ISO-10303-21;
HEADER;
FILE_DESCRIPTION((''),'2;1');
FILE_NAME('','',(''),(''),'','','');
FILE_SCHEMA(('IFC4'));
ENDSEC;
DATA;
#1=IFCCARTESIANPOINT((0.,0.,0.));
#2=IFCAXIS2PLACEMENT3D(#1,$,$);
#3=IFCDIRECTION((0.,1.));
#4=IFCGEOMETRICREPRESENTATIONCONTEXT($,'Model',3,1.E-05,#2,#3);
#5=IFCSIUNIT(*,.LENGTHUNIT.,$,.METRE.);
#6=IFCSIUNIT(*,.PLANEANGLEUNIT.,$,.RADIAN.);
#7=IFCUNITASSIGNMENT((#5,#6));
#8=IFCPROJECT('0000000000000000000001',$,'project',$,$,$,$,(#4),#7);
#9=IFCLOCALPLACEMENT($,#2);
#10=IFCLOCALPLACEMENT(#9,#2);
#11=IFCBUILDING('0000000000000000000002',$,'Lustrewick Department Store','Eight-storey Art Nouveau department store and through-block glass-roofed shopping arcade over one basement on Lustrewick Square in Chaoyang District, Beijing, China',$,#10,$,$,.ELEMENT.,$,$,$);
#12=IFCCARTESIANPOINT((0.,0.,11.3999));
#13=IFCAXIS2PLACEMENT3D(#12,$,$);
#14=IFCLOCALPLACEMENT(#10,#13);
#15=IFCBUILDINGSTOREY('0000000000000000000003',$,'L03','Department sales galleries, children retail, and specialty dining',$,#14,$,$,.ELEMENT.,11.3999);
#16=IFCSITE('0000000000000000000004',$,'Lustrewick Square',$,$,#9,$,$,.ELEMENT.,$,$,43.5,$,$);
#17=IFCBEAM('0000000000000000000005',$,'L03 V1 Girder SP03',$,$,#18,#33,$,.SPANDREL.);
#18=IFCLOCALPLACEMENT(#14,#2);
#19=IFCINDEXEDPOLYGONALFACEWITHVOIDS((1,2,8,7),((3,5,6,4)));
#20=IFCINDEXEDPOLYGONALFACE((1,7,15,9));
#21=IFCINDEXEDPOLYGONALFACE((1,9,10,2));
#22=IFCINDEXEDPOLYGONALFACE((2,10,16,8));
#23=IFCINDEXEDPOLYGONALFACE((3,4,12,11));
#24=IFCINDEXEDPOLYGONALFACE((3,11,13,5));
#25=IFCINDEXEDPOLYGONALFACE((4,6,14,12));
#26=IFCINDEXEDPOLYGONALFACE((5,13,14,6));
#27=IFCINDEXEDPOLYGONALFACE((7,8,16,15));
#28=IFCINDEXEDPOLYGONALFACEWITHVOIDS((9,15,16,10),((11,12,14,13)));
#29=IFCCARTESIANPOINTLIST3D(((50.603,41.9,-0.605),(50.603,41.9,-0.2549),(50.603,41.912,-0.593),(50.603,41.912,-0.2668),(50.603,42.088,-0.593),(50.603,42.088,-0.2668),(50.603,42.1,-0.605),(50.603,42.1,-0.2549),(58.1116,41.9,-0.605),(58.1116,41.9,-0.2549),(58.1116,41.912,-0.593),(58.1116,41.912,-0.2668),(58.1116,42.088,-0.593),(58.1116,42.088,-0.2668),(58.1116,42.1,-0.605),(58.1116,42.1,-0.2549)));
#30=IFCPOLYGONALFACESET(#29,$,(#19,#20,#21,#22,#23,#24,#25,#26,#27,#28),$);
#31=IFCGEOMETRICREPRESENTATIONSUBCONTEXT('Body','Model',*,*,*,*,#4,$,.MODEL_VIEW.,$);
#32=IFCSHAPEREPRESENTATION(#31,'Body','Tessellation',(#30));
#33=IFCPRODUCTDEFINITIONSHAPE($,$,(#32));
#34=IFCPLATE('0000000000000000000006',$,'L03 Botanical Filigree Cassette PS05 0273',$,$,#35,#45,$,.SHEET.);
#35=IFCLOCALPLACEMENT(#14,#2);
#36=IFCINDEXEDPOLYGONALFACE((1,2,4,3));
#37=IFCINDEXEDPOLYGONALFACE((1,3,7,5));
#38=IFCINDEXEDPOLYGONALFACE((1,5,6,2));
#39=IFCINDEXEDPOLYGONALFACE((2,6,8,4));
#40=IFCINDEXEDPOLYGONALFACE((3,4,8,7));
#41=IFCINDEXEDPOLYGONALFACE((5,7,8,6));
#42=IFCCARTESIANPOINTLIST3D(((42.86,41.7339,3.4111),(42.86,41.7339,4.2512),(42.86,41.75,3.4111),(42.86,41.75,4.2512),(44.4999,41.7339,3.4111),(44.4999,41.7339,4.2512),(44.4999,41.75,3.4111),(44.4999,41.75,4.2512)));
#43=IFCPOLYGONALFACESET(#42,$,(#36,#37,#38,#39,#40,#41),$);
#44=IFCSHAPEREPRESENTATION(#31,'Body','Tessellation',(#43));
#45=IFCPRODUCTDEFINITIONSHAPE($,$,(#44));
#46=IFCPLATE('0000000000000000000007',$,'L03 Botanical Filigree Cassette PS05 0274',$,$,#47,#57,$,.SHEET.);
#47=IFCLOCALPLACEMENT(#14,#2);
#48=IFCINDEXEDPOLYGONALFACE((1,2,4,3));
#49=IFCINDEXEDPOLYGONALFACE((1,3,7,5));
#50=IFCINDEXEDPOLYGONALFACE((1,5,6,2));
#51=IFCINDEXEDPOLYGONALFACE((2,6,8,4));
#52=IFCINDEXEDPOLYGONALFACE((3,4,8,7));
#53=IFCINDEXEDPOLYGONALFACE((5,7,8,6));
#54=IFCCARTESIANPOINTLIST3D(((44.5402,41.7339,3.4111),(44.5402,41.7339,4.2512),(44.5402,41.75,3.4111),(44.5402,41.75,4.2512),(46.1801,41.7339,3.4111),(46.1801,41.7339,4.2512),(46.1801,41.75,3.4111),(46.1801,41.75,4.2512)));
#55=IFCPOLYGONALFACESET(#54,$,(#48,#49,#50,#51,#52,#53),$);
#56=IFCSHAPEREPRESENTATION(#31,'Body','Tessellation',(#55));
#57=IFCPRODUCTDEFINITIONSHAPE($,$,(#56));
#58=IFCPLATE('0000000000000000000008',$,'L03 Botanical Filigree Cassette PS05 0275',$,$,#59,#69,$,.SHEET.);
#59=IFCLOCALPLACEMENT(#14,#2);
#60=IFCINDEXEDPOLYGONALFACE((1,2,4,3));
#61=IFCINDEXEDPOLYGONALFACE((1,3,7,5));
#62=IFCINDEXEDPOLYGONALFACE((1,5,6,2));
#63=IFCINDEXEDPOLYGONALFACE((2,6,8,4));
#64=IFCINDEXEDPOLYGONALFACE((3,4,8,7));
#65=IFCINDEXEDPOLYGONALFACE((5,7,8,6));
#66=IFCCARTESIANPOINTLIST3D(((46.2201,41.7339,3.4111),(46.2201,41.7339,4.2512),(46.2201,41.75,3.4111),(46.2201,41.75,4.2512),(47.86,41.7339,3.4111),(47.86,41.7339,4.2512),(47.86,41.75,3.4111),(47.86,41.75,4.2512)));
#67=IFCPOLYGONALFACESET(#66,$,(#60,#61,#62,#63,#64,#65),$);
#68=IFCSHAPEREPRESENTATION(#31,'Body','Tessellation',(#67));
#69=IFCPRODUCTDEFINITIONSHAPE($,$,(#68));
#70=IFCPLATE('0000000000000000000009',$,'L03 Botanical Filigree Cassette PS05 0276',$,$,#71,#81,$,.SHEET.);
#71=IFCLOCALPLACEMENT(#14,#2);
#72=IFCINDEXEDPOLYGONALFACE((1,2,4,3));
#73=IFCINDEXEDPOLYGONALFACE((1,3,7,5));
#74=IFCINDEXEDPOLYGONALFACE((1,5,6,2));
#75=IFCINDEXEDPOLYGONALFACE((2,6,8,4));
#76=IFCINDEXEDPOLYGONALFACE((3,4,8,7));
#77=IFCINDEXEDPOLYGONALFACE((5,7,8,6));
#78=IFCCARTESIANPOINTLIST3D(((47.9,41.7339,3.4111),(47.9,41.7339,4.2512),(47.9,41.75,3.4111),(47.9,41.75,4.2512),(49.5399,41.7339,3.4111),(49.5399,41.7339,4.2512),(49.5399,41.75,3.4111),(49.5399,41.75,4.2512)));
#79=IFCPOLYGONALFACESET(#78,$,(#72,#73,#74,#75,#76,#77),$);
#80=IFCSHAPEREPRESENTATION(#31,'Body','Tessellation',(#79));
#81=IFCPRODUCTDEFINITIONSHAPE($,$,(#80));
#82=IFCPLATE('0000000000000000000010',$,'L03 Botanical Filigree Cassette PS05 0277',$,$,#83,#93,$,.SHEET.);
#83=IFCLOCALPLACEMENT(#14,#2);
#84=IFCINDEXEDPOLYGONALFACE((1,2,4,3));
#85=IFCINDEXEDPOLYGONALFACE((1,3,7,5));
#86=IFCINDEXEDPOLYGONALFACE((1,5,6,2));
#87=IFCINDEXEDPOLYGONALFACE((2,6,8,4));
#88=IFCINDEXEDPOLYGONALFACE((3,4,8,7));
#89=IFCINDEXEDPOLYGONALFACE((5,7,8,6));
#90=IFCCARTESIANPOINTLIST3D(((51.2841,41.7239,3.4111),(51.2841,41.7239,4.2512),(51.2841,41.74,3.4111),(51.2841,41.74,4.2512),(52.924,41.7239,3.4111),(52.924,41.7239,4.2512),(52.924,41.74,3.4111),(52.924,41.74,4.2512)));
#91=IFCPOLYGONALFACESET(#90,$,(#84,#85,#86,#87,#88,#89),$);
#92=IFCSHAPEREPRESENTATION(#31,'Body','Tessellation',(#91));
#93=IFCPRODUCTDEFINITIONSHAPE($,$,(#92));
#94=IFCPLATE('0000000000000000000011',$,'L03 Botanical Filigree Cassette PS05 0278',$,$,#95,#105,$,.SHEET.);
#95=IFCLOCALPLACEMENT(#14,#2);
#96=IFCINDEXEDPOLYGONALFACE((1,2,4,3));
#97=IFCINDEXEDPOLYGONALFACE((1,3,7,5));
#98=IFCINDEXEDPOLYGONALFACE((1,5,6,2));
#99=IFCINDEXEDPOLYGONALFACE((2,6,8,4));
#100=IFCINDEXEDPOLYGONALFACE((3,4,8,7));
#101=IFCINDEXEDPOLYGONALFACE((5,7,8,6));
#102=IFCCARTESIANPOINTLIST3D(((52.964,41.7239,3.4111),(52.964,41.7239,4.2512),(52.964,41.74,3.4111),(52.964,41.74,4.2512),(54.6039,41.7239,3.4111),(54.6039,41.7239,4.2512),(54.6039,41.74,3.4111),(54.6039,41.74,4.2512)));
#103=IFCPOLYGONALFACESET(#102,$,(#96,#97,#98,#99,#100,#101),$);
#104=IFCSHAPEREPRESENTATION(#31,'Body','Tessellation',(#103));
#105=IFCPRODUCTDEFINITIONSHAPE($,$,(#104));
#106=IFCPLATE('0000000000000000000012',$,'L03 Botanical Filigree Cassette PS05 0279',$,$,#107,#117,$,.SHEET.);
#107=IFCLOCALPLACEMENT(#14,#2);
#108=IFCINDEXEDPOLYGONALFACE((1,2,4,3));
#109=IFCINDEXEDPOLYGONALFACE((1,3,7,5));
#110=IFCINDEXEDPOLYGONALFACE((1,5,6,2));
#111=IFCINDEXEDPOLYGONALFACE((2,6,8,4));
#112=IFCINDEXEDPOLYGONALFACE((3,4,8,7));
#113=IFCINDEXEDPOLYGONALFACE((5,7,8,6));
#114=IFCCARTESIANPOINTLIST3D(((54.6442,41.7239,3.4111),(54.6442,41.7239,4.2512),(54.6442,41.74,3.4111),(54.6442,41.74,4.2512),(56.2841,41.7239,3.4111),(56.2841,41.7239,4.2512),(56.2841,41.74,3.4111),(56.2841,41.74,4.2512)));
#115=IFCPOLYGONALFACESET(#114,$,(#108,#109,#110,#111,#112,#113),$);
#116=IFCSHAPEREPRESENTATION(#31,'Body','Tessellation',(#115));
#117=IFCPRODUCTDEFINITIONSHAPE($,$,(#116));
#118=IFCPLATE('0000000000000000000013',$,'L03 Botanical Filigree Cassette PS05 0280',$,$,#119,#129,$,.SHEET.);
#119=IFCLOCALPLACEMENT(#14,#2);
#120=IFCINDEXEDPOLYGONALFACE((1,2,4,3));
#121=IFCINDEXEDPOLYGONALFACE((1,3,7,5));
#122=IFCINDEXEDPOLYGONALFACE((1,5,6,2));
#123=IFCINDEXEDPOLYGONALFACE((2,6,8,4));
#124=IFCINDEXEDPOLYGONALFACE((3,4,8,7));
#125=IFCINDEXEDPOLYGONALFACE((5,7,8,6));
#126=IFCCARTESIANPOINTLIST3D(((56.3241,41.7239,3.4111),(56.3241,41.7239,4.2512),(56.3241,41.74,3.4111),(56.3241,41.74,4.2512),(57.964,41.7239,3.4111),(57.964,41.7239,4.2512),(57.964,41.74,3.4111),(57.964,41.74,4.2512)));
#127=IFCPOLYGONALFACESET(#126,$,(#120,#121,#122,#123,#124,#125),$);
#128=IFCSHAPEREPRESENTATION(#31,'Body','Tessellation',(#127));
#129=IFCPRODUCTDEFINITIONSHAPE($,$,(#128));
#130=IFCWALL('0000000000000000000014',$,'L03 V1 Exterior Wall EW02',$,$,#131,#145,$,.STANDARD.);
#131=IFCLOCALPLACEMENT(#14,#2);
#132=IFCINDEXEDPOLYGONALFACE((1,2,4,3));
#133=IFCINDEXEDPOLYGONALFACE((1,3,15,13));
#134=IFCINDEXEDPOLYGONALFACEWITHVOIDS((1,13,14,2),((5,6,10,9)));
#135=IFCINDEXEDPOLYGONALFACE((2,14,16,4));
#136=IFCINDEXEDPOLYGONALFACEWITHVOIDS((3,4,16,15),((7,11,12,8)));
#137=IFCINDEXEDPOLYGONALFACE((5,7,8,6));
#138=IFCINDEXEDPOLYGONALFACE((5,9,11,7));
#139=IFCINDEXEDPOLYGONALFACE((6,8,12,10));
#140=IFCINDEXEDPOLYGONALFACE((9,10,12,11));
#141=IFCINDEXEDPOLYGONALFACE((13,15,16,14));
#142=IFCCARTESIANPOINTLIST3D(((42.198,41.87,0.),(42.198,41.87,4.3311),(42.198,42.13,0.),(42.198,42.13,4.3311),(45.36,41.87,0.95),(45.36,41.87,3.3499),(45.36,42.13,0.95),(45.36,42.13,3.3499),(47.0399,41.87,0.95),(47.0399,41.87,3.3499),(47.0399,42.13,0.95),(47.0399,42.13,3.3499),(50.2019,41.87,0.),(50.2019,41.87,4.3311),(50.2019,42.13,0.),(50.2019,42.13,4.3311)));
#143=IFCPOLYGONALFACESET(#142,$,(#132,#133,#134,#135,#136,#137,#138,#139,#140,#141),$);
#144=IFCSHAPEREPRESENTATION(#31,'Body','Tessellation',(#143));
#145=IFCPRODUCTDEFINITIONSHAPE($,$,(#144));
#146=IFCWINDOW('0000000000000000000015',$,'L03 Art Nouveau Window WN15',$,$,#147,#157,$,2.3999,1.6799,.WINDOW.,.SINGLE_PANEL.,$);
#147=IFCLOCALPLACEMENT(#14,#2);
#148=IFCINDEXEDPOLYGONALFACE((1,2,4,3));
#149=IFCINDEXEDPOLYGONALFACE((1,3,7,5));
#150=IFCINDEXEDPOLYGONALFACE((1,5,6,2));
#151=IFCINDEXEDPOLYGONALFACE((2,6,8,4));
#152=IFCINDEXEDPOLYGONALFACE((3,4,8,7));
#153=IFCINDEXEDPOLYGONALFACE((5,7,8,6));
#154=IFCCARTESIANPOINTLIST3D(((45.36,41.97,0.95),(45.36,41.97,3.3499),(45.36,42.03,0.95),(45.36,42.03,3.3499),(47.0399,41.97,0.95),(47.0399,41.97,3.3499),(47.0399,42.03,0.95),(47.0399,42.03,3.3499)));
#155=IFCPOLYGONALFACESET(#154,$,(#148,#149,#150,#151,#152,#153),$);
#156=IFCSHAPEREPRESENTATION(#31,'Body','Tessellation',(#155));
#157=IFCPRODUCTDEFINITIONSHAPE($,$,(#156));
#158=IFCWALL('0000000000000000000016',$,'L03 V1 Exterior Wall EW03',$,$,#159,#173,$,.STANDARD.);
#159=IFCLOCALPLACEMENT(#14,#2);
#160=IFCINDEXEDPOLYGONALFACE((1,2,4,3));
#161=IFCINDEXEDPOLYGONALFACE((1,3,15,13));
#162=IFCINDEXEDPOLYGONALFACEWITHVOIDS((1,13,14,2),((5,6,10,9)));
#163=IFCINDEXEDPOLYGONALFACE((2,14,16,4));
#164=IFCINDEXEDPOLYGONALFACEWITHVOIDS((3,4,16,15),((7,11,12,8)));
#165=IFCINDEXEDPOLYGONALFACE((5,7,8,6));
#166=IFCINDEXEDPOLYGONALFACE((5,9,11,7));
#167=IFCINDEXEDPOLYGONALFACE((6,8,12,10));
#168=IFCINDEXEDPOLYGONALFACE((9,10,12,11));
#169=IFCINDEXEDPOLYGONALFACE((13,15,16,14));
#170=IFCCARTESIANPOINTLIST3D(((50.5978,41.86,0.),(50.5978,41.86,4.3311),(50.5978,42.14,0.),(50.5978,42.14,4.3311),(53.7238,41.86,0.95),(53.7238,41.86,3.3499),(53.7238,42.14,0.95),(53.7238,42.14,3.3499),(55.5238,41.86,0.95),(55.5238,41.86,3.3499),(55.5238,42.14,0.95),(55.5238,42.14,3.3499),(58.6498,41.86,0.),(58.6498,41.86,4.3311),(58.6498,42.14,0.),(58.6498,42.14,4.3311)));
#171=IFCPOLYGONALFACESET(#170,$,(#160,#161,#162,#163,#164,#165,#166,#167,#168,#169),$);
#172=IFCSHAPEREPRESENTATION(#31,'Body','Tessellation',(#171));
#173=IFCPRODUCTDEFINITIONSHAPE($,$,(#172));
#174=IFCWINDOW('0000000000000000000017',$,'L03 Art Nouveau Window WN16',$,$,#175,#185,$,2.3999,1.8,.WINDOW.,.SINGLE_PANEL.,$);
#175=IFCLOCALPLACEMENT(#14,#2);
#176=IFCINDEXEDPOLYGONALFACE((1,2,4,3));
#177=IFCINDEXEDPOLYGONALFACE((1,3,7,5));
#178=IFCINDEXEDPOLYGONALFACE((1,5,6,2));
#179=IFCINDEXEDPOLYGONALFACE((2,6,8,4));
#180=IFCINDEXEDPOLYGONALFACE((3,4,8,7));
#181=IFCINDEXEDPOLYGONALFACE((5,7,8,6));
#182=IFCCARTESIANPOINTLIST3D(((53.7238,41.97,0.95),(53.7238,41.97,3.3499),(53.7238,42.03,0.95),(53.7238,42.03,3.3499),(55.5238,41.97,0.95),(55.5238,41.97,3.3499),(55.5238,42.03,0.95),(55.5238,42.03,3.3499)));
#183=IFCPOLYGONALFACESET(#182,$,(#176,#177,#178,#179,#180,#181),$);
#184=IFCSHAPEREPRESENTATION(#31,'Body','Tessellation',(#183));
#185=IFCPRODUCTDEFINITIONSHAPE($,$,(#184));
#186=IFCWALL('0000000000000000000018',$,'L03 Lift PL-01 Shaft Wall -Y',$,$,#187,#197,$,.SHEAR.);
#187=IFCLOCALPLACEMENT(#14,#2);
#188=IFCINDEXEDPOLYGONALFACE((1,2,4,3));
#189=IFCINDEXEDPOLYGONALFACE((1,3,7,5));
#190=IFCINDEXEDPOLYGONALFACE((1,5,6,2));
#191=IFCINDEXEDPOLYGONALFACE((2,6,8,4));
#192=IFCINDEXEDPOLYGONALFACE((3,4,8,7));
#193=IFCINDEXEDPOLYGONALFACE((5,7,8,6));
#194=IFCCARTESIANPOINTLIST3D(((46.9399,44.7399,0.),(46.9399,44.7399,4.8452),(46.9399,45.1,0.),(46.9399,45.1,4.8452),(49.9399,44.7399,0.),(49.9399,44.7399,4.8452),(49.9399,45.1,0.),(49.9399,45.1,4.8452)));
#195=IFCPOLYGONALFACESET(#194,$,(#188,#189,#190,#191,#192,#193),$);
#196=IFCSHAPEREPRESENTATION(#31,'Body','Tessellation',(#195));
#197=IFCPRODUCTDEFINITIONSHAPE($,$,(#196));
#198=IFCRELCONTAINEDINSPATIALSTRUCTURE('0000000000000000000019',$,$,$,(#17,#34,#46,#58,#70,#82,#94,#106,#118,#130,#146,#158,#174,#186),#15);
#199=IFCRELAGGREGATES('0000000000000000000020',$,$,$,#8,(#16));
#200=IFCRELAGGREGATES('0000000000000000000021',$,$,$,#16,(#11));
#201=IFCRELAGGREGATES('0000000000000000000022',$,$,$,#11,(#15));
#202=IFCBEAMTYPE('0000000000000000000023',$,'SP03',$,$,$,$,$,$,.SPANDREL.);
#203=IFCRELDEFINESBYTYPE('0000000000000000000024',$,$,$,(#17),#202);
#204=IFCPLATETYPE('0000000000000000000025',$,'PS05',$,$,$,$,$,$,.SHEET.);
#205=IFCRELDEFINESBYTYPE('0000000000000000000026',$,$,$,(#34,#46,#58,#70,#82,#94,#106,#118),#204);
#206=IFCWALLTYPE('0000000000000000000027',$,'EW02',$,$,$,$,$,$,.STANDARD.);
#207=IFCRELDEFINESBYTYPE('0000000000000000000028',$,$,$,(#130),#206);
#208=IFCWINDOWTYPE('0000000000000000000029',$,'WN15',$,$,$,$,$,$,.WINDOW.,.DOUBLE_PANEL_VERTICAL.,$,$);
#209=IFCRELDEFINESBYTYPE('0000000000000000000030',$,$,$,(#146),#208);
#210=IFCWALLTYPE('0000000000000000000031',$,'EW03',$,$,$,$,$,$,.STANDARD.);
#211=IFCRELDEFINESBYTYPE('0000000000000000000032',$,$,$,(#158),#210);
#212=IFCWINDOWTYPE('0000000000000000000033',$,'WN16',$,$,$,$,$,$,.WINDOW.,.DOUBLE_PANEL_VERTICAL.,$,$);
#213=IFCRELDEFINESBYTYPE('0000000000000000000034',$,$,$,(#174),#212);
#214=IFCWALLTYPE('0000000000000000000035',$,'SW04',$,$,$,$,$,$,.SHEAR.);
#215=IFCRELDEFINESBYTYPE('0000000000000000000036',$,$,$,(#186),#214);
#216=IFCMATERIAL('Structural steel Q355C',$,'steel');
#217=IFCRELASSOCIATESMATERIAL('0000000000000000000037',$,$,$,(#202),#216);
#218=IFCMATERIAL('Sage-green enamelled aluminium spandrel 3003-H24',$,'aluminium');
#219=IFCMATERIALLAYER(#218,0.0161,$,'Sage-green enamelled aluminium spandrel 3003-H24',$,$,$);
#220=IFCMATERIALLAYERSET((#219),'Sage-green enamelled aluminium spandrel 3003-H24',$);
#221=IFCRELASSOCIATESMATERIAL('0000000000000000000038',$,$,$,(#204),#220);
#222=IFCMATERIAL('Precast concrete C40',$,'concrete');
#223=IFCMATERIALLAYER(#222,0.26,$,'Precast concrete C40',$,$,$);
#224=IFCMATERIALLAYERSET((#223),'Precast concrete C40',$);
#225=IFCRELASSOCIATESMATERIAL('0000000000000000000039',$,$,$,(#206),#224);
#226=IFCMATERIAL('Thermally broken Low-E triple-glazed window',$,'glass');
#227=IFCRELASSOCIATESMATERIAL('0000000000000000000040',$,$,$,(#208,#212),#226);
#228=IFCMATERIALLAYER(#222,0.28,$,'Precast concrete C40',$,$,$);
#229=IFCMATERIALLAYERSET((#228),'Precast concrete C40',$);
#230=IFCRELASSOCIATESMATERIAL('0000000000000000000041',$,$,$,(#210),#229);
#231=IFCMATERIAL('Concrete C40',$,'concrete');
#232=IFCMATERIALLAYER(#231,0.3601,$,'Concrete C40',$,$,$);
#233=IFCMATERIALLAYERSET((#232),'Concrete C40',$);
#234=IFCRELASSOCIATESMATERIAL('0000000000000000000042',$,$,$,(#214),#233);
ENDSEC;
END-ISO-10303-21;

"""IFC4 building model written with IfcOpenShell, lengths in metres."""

from ifc_helpers import new_model, si_unit, direction, frame, frame_2d, origin, origin_2d, place, context, subcontext, project, spatial, rectangle, hollow_rectangle, extrude, material, layer, layer_set, material_profile, profile_set, type_object, element, fill, save


model = new_model("IFC4")

# Units and contexts
model_context = context("Model", 3, precision=1e-05, world=origin(), true_north=direction((0.0, 1.0)))
body_context = subcontext(model_context, "Body", "Model", "MODEL_VIEW")
ifc_project = project(units=[si_unit("LENGTHUNIT", "METRE"), si_unit("PLANEANGLEUNIT", "RADIAN")], contexts=[model_context])

# Site, building, storey
site_placement = place(None, origin())
site = spatial("IfcSite", under=ifc_project, at=site_placement, Name="Lustrewick Square", CompositionType="ELEMENT", RefElevation=43.5)
building_placement = place(site_placement, origin())
building = spatial("IfcBuilding", under=site, at=building_placement, Name="Lustrewick Department Store", Description="Eight-storey Art Nouveau department store and through-block glass-roofed shopping arcade over one basement on Lustrewick Square in Chaoyang District, Beijing, China", CompositionType="ELEMENT")
storey_placement = place(building_placement, frame((0.0, 0.0, 11.3999)))
storey = spatial("IfcBuildingStorey", under=building, at=storey_placement, Name="L03", Description="Department sales galleries, children retail, and specialty dining", CompositionType="ELEMENT", Elevation=11.3999)

# Shared definitions
ifc_material_1 = material(Name="Structural steel Q355C", Category="steel")

# Beam
ifc_material_profile_1 = material_profile(ifc_material_1, hollow_rectangle(XDim=0.2, YDim=0.3501, WallThickness=0.012, at=origin_2d()), Name="RHS 350x200x12")
ifc_profile_set_1 = profile_set([ifc_material_profile_1], Name="Structural steel Q355C")
beam_type_1 = type_object("IfcBeamType", Name="SP03", PredefinedType="SPANDREL", material=ifc_profile_set_1)
beam_1_placement = place(storey_placement, frame((50.603, 42.0, -0.4299), z_axis=(1.0, 0.0, 0.0), x_axis=(0.0, 1.0, 0.0)))
element("IfcBeam", 1, at=beam_1_placement, inside=storey, type_object=beam_type_1, Name="L03 V1 Girder SP03", PredefinedType="SPANDREL", context=body_context, shape_type="SweptSolid", body=[
    extrude(hollow_rectangle(XDim=0.2, YDim=0.3501, WallThickness=0.012, at=origin_2d()), origin(), (0.0, 0.0, 1.0), 7.5085),
])

# Plates
ifc_material_2 = material(Name="Sage-green enamelled aluminium spandrel 3003-H24", Category="aluminium")
ifc_layer_1 = layer(ifc_material_2, 0.0161, Name="Sage-green enamelled aluminium spandrel 3003-H24")
ifc_layer_set_1 = layer_set([ifc_layer_1], Name="Sage-green enamelled aluminium spandrel 3003-H24")
plate_type = type_object("IfcPlateType", Name="PS05", PredefinedType="SHEET", material=ifc_layer_set_1)
for number, where, z_axis, x_axis, name in (
    (2, (43.6799, 41.7419, 3.4111), (0.0, 0.0, 1.0), (1.0, 0.0, 0.0), "L03 Botanical Filigree Cassette PS05 0273"),
    (3, (45.3601, 41.7419, 3.4111), (0.0, 0.0, 1.0), (1.0, 0.0, 0.0), "L03 Botanical Filigree Cassette PS05 0274"),
    (4, (47.04, 41.7419, 3.4111), (0.0, 0.0, 1.0), (1.0, 0.0, 0.0), "L03 Botanical Filigree Cassette PS05 0275"),
    (5, (48.72, 41.7419, 3.4111), (0.0, 0.0, 1.0), (1.0, 0.0, 0.0), "L03 Botanical Filigree Cassette PS05 0276"),
    (6, (52.104, 41.7319, 3.4111), (0.0, 0.0, 1.0), (1.0, 0.0, 0.0), "L03 Botanical Filigree Cassette PS05 0277"),
    (7, (53.7839, 41.7319, 3.4111), (0.0, 0.0, 1.0), (1.0, 0.0, 0.0), "L03 Botanical Filigree Cassette PS05 0278"),
    (8, (55.4641, 41.7319, 3.4111), (0.0, 0.0, 1.0), (1.0, 0.0, 0.0), "L03 Botanical Filigree Cassette PS05 0279"),
    (9, (57.144, 41.7319, 3.4111), (0.0, 0.0, 1.0), (1.0, 0.0, 0.0), "L03 Botanical Filigree Cassette PS05 0280"),
):
    element("IfcPlate", number, at=place(storey_placement, frame(where, z_axis=z_axis, x_axis=x_axis)), inside=storey, type_object=plate_type, Name=name, PredefinedType="SHEET", context=body_context, shape_type="SweptSolid", body=[
        extrude(rectangle(XDim=1.6399, YDim=0.0161, at=origin_2d()), origin(), (0.0, 0.0, 1.0), 0.8401),
    ])

# Walls, openings, windows
ifc_material_3 = material(Name="Precast concrete C40", Category="concrete")
ifc_layer_2 = layer(ifc_material_3, 0.26, Name="Precast concrete C40")
ifc_layer_set_2 = layer_set([ifc_layer_2], Name="Precast concrete C40")
wall_type_1 = type_object("IfcWallType", Name="EW02", PredefinedType="STANDARD", material=ifc_layer_set_2)
wall_1_placement = place(storey_placement, frame((42.198, 42.0, 0.0), z_axis=(0.0, 0.0, 1.0), x_axis=(1.0, 0.0, 0.0)))
wall_1 = element("IfcWall", 10, at=wall_1_placement, inside=storey, type_object=wall_type_1, Name="L03 V1 Exterior Wall EW02", PredefinedType="STANDARD", context=body_context, shape_type="SweptSolid", body=[
    extrude(rectangle(XDim=8.0039, YDim=0.26, at=frame_2d((4.002, 0.0))), origin(), (0.0, 0.0, 1.0), 4.3311),
])
opening_1_placement = place(wall_1_placement, frame((3.1621, 0.0, 0.95)))
opening_1 = element("IfcOpeningElement", 11, at=opening_1_placement, cuts=wall_1, PredefinedType="OPENING", context=body_context, shape_type="SweptSolid", body=[
    extrude(rectangle(XDim=1.6799, YDim=2.3999, at=frame_2d((0.8398, 1.2))), frame((0.0, 0.1401, 0.0), z_axis=(0.0, -1.0, 0.0), x_axis=(1.0, 0.0, 0.0)), (0.0, 0.0, 1.0), 0.28),
])
ifc_material_4 = material(Name="Thermally broken Low-E triple-glazed window", Category="glass")
window_type_1 = type_object("IfcWindowType", Name="WN15", PartitioningType="DOUBLE_PANEL_VERTICAL", PredefinedType="WINDOW", material=ifc_material_4)
window_1_placement = place(opening_1_placement, origin())
window_1 = element("IfcWindow", 12, at=window_1_placement, inside=storey, type_object=window_type_1, Name="L03 Art Nouveau Window WN15", OverallHeight=2.3999, OverallWidth=1.6799, PartitioningType="SINGLE_PANEL", PredefinedType="WINDOW", context=body_context, shape_type="SweptSolid", body=[
    extrude(rectangle(XDim=1.6799, YDim=2.3999, at=frame_2d((0.8398, 1.2))), frame((0.0, 0.03, 0.0), z_axis=(0.0, -1.0, 0.0), x_axis=(1.0, 0.0, 0.0)), (0.0, 0.0, 1.0), 0.0601),
])
fill(opening_1, window_1)
ifc_layer_3 = layer(ifc_material_3, 0.28, Name="Precast concrete C40")
ifc_layer_set_3 = layer_set([ifc_layer_3], Name="Precast concrete C40")
wall_type_2 = type_object("IfcWallType", Name="EW03", PredefinedType="STANDARD", material=ifc_layer_set_3)
wall_2_placement = place(storey_placement, frame((50.5979, 42.0, 0.0), z_axis=(0.0, 0.0, 1.0), x_axis=(1.0, 0.0, 0.0)))
wall_2 = element("IfcWall", 13, at=wall_2_placement, inside=storey, type_object=wall_type_2, Name="L03 V1 Exterior Wall EW03", PredefinedType="STANDARD", context=body_context, shape_type="SweptSolid", body=[
    extrude(rectangle(XDim=8.052, YDim=0.28, at=frame_2d((4.0259, 0.0))), origin(), (0.0, 0.0, 1.0), 4.3311),
])
opening_2_placement = place(wall_2_placement, frame((3.126, 0.0, 0.95)))
opening_2 = element("IfcOpeningElement", 14, at=opening_2_placement, cuts=wall_2, PredefinedType="OPENING", context=body_context, shape_type="SweptSolid", body=[
    extrude(rectangle(XDim=1.8, YDim=2.3999, at=frame_2d((0.8999, 1.2))), frame((0.0, 0.1499, 0.0), z_axis=(0.0, -1.0, 0.0), x_axis=(1.0, 0.0, 0.0)), (0.0, 0.0, 1.0), 0.3),
])
window_type_2 = type_object("IfcWindowType", Name="WN16", PartitioningType="DOUBLE_PANEL_VERTICAL", PredefinedType="WINDOW", material=ifc_material_4)
window_2_placement = place(opening_2_placement, origin())
window_2 = element("IfcWindow", 15, at=window_2_placement, inside=storey, type_object=window_type_2, Name="L03 Art Nouveau Window WN16", OverallHeight=2.3999, OverallWidth=1.8, PartitioningType="SINGLE_PANEL", PredefinedType="WINDOW", context=body_context, shape_type="SweptSolid", body=[
    extrude(rectangle(XDim=1.8, YDim=2.3999, at=frame_2d((0.8999, 1.2))), frame((0.0, 0.03, 0.0), z_axis=(0.0, -1.0, 0.0), x_axis=(1.0, 0.0, 0.0)), (0.0, 0.0, 1.0), 0.0601),
])
fill(opening_2, window_2)

# Wall
ifc_material_5 = material(Name="Concrete C40", Category="concrete")
ifc_layer_4 = layer(ifc_material_5, 0.3601, Name="Concrete C40")
ifc_layer_set_4 = layer_set([ifc_layer_4], Name="Concrete C40")
wall_type_3 = type_object("IfcWallType", Name="SW04", PredefinedType="SHEAR", material=ifc_layer_set_4)
wall_3_placement = place(storey_placement, frame((46.9399, 44.9199, 0.0), z_axis=(0.0, 0.0, 1.0), x_axis=(1.0, 0.0, 0.0)))
element("IfcWall", 16, at=wall_3_placement, inside=storey, type_object=wall_type_3, Name="L03 Lift PL-01 Shaft Wall -Y", PredefinedType="SHEAR", context=body_context, shape_type="SweptSolid", body=[
    extrude(rectangle(XDim=3.0, YDim=0.3601, at=frame_2d((1.5, 0.0))), origin(), (0.0, 0.0, 1.0), 4.8452),
])

save(model, "model.ifc")
